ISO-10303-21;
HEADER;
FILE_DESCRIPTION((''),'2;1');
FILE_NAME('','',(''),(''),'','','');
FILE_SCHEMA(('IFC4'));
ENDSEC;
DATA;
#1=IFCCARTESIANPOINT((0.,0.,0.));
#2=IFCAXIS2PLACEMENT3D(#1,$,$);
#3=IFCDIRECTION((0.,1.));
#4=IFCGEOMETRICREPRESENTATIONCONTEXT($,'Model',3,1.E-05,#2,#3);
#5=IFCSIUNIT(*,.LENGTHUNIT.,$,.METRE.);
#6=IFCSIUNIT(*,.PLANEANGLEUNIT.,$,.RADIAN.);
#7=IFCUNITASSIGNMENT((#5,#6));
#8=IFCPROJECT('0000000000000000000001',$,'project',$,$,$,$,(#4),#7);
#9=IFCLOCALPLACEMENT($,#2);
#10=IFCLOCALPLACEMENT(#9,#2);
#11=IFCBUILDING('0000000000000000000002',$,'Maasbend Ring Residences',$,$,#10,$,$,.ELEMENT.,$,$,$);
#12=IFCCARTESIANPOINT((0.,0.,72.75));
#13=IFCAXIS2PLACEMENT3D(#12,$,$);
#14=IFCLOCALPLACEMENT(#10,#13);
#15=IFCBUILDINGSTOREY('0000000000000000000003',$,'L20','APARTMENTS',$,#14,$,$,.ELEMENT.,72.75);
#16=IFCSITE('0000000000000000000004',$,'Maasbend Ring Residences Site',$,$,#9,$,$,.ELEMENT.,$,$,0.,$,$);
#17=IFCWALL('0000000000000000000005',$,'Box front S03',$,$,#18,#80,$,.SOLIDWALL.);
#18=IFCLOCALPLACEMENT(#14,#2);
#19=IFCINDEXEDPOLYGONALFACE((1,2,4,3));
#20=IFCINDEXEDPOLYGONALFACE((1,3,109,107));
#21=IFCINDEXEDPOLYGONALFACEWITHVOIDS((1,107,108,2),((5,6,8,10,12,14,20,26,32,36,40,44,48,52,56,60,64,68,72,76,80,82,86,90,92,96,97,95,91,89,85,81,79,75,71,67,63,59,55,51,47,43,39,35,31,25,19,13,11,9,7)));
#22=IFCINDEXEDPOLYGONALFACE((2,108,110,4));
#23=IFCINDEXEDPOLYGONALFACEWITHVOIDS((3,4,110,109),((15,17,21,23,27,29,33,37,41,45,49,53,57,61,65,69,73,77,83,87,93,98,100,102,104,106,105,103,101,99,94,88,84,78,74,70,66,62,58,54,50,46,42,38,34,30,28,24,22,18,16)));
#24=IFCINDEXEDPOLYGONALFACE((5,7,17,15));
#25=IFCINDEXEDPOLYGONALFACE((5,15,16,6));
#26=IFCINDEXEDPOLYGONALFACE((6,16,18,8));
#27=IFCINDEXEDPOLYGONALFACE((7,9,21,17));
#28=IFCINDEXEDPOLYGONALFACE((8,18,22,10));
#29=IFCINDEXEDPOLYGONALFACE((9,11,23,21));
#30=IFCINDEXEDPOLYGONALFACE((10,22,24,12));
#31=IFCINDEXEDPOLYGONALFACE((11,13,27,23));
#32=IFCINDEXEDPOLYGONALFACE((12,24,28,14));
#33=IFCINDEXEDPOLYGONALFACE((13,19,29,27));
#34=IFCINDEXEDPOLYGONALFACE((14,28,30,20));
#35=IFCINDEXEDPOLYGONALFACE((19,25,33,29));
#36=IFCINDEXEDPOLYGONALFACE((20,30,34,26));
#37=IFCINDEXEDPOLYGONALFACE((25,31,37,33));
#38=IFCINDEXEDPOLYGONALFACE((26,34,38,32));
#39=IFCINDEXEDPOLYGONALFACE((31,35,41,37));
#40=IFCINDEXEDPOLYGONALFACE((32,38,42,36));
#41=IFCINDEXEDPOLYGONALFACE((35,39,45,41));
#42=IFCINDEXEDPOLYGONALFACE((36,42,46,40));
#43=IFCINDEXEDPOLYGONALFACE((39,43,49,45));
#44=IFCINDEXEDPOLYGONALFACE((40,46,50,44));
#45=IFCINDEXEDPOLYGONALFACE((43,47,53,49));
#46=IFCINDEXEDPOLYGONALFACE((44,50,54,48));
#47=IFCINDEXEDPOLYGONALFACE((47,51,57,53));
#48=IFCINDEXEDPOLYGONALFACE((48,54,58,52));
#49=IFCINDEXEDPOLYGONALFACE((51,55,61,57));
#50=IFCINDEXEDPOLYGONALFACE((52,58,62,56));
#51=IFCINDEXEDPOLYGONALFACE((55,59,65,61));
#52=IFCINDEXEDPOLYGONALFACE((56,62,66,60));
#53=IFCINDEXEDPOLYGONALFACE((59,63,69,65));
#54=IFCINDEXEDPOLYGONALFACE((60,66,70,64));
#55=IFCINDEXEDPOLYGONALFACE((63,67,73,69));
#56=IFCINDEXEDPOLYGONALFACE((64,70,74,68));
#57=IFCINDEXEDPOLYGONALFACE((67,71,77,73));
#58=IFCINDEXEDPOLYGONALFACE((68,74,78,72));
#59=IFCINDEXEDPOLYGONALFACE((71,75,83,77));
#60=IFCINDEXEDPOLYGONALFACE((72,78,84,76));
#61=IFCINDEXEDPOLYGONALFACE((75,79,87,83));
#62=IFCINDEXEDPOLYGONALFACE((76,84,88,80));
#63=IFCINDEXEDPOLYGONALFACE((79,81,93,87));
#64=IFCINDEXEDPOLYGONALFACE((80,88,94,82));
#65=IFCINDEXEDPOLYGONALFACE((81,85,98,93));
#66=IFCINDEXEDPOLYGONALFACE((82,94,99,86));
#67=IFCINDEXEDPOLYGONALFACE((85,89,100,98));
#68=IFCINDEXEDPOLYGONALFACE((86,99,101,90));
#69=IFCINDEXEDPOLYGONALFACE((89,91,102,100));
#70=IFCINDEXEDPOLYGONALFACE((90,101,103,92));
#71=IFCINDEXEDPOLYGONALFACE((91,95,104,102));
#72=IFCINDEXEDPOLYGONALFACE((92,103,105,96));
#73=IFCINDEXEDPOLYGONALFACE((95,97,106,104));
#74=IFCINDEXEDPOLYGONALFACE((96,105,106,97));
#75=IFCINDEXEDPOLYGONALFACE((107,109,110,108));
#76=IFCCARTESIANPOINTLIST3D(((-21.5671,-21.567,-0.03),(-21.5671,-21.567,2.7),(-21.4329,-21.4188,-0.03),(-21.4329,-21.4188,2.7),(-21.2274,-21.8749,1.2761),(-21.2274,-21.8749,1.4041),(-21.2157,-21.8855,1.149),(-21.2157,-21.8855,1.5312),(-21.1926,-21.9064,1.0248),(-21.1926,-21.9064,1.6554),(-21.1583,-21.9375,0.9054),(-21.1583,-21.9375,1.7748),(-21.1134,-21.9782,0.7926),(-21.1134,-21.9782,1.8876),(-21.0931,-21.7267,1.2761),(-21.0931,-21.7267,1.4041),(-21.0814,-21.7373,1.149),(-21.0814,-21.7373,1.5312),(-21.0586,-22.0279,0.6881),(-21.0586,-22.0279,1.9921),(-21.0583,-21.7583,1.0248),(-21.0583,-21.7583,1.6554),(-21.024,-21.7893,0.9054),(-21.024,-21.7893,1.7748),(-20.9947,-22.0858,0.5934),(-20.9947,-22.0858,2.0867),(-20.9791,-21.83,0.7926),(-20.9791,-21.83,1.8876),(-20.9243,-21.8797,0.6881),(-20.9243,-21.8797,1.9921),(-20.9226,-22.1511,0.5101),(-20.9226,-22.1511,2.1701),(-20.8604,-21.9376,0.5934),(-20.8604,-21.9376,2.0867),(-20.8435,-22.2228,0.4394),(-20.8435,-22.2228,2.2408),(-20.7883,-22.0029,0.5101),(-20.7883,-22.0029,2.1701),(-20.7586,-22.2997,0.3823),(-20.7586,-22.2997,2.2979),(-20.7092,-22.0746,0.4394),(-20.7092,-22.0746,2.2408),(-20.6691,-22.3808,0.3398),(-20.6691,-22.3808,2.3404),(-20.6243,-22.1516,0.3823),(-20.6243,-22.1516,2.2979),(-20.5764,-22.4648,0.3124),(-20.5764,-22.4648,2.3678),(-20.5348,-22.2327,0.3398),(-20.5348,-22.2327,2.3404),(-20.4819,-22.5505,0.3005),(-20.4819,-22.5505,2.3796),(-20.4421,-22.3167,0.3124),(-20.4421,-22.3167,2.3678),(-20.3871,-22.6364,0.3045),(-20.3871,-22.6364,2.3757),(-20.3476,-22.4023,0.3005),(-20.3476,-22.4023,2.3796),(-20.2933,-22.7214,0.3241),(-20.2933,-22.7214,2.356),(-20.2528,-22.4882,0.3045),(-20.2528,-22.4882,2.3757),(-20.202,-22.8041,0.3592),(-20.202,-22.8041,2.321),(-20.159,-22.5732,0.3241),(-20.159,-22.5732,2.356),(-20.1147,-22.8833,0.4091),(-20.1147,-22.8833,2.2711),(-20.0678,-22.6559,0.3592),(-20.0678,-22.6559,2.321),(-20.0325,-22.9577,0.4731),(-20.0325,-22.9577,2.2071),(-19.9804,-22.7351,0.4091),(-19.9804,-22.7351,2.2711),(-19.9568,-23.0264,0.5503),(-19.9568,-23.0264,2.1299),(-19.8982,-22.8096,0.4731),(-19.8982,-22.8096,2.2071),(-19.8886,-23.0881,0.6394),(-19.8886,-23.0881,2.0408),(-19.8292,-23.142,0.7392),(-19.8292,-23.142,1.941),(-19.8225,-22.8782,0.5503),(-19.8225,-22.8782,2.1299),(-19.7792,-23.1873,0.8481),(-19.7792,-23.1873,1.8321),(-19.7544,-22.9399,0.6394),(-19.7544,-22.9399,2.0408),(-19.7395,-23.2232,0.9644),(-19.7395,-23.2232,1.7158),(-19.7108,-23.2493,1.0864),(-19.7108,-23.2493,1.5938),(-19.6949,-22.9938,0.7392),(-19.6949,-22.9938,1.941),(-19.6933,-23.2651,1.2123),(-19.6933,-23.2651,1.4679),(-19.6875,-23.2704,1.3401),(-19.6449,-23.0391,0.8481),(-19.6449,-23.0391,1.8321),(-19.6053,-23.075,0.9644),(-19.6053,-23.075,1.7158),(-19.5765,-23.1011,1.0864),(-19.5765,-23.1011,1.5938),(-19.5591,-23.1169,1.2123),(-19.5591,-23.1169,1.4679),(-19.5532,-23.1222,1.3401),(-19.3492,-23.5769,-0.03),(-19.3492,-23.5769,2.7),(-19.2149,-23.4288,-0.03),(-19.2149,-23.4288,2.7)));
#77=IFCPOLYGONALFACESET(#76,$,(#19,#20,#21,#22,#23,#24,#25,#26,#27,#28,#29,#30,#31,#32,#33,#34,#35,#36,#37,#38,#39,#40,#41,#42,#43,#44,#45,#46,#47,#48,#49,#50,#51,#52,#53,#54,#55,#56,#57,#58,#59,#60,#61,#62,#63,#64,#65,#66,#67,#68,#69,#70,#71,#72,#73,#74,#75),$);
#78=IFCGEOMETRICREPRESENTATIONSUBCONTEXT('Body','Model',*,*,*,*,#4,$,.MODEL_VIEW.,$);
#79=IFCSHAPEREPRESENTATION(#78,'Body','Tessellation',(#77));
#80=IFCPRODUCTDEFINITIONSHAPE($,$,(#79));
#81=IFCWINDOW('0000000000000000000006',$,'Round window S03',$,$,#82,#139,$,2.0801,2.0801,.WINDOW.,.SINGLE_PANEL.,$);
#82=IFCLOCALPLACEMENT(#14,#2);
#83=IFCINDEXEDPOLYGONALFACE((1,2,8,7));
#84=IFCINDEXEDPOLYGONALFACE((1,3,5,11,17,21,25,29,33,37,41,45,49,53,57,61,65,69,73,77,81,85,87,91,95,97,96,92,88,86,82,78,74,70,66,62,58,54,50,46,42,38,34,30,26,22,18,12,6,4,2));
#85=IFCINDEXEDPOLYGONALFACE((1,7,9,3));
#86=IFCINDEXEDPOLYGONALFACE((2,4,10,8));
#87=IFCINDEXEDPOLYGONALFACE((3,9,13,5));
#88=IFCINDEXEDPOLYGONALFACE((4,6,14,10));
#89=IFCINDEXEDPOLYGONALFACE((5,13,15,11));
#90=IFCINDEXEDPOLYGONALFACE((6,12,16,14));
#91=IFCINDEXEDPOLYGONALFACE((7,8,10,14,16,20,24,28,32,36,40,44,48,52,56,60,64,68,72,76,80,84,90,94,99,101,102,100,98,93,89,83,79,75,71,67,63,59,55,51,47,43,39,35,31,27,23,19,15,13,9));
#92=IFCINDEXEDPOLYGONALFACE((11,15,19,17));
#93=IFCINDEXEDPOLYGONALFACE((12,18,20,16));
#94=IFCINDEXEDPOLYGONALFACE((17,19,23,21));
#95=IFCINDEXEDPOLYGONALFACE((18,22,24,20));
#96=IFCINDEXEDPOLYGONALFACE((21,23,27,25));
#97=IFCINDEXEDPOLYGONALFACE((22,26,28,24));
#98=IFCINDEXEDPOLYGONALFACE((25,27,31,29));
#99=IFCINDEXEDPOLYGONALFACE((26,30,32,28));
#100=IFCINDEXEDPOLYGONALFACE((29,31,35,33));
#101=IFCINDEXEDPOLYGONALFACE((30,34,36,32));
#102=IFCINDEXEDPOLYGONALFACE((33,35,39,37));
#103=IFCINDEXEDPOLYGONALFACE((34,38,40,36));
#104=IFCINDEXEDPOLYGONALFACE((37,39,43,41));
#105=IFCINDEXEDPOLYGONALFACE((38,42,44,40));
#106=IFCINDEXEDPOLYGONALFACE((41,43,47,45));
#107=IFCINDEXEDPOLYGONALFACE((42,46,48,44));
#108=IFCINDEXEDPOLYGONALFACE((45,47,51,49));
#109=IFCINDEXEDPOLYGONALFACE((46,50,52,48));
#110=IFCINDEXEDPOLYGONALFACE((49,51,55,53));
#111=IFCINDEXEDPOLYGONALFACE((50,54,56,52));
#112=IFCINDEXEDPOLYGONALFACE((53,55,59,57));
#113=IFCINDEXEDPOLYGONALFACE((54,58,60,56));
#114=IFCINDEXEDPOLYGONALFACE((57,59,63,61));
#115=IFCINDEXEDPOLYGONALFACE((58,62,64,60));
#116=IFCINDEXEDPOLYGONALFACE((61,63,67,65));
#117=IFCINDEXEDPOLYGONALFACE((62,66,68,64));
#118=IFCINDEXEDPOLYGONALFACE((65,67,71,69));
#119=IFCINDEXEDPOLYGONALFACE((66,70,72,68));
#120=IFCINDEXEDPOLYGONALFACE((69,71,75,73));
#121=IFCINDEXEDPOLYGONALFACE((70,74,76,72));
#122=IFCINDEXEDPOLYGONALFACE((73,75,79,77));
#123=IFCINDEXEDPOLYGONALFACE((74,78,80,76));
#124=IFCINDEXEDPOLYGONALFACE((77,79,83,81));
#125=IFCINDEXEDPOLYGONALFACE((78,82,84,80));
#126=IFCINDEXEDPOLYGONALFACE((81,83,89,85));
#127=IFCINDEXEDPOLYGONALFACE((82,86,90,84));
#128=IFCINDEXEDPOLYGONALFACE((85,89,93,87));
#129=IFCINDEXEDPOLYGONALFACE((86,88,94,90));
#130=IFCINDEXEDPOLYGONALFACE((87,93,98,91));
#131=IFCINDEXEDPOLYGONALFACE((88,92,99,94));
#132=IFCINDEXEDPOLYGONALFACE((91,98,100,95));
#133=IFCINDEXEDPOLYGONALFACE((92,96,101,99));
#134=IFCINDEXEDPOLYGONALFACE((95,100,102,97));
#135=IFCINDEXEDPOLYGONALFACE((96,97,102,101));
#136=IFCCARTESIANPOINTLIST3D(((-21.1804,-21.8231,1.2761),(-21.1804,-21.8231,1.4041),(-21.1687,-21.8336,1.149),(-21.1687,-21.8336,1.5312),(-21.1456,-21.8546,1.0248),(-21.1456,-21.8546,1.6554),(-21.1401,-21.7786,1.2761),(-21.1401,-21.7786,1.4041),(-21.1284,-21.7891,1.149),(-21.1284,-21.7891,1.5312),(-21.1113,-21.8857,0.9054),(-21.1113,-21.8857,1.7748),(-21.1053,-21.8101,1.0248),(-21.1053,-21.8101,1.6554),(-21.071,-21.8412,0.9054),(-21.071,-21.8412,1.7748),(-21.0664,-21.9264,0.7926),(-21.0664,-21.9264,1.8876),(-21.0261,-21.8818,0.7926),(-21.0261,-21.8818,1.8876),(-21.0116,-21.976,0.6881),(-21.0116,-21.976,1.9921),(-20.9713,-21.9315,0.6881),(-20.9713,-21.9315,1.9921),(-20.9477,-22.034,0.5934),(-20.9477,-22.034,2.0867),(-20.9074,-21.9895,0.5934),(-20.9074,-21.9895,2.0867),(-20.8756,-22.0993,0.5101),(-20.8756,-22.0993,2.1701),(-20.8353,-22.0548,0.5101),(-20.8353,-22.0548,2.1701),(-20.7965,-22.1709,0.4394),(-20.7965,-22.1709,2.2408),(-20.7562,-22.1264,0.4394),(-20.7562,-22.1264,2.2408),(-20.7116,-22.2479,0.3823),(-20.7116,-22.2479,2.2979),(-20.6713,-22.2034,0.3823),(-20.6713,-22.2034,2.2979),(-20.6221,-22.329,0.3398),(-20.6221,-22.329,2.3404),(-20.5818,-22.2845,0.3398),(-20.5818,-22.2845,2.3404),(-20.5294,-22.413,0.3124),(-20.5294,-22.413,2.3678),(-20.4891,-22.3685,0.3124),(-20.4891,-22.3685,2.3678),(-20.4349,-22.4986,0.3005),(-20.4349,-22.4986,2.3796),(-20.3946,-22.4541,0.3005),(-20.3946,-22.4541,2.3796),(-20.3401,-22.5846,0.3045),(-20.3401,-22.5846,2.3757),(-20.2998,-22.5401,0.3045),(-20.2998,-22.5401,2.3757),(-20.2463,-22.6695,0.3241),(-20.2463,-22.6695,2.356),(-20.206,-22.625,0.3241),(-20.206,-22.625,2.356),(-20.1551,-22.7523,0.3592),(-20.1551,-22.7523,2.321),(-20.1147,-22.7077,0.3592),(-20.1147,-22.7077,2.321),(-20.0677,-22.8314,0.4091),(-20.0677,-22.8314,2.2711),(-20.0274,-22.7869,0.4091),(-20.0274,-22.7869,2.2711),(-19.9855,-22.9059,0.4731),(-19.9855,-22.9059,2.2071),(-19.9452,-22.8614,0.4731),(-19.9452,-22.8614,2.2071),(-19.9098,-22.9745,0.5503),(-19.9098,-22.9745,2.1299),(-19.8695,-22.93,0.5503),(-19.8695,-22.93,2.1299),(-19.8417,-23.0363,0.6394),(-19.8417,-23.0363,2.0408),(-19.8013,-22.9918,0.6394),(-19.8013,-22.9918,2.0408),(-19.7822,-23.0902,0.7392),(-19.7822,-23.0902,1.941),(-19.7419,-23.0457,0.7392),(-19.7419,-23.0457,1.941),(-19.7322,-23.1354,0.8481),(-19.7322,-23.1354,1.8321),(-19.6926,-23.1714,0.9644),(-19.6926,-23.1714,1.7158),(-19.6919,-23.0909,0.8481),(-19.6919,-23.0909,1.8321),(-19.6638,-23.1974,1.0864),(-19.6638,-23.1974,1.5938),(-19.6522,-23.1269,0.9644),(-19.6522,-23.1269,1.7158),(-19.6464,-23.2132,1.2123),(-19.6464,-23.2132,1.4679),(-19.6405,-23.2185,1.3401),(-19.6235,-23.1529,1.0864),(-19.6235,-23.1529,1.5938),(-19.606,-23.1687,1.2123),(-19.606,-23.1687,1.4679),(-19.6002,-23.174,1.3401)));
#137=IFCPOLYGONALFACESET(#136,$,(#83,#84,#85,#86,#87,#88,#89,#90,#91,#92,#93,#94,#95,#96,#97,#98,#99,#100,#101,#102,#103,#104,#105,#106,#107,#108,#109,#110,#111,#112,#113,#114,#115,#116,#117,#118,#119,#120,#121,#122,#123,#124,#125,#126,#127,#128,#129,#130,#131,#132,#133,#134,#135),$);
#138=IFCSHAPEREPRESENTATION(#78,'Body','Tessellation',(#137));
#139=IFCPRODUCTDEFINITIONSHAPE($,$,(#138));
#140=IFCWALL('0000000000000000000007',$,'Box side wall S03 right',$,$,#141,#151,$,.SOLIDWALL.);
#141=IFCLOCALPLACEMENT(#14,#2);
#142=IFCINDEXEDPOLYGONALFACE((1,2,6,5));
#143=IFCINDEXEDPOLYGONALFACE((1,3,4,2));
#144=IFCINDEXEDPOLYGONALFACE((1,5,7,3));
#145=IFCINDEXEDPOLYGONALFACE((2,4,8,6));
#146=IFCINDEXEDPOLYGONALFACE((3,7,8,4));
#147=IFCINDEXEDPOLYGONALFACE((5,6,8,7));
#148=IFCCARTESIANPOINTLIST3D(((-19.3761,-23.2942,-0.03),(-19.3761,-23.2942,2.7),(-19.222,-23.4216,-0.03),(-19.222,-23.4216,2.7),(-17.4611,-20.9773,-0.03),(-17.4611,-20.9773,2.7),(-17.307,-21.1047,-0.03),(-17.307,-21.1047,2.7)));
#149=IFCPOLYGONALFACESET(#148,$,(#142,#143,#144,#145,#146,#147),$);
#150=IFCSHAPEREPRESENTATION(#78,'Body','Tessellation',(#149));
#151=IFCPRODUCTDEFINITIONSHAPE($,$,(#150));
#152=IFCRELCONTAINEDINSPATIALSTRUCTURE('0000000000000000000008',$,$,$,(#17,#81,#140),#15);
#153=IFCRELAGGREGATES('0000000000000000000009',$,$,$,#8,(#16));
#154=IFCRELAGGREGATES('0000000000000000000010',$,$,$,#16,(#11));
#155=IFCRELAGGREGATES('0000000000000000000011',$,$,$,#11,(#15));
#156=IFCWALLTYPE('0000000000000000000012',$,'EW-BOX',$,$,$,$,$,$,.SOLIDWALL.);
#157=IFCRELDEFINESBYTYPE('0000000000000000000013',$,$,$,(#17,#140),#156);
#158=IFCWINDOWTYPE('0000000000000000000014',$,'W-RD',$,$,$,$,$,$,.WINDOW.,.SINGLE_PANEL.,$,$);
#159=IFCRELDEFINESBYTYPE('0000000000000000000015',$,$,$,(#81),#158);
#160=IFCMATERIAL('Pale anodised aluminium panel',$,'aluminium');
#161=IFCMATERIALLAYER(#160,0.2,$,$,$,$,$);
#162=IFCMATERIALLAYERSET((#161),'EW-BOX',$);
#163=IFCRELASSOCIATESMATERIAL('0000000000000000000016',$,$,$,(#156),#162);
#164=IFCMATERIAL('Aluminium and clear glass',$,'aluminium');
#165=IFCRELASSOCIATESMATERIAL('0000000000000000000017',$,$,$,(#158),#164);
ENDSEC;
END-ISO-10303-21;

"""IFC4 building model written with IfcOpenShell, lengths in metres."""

from ifc_helpers import new_model, si_unit, direction, frame, frame_2d, origin, place, context, subcontext, project, spatial, rectangle, circle, extrude, material, layer, layer_set, type_object, element, fill, save


model = new_model("IFC4")

# Units and contexts
model_context = context("Model", 3, precision=1e-05, world=origin(), true_north=direction((0.0, 1.0)))
body_context = subcontext(model_context, "Body", "Model", "MODEL_VIEW")
ifc_project = project(units=[si_unit("LENGTHUNIT", "METRE"), si_unit("PLANEANGLEUNIT", "RADIAN")], contexts=[model_context])

# Site, building, storey
site_placement = place(None, origin())
site = spatial("IfcSite", under=ifc_project, at=site_placement, Name="Maasbend Ring Residences Site", CompositionType="ELEMENT", RefElevation=0.0)
building_placement = place(site_placement, origin())
building = spatial("IfcBuilding", under=site, at=building_placement, Name="Maasbend Ring Residences", CompositionType="ELEMENT")
storey_placement = place(building_placement, frame((0.0, 0.0, 72.75)))
storey = spatial("IfcBuildingStorey", under=building, at=storey_placement, Name="L20", Description="APARTMENTS", CompositionType="ELEMENT", Elevation=72.75)

# Wall, opening, window
ifc_material_1 = material(Name="Pale anodised aluminium panel", Category="aluminium")
ifc_layer_1 = layer(ifc_material_1, 0.2)
ifc_layer_set_1 = layer_set([ifc_layer_1], Name="EW-BOX")
wall_type_1 = type_object("IfcWallType", Name="EW-BOX", PredefinedType="SOLIDWALL", material=ifc_layer_set_1)
wall_1_placement = place(storey_placement, frame((-21.5, -21.4929, -0.03), z_axis=(0.0, 0.0, 1.0), x_axis=(0.740998, -0.671507, 0.0)))
wall_1 = element("IfcWall", 1, at=wall_1_placement, inside=storey, type_object=wall_type_1, Name="Box front S03", PredefinedType="SOLIDWALL", context=body_context, shape_type="SweptSolid", body=[
    extrude(rectangle(XDim=2.9932, YDim=0.2, at=frame_2d((1.4966, 0.0))), origin(), (0.0, 0.0, 1.0), 2.73),
])
opening_1_placement = place(wall_1_placement, frame((0.4565, 0.0, 0.3301)))
opening_1 = element("IfcOpeningElement", 2, at=opening_1_placement, cuts=wall_1, PredefinedType="OPENING", context=body_context, shape_type="SweptSolid", body=[
    extrude(circle(Radius=1.04, at=frame_2d((1.04, 1.04))), frame((0.0, 0.1099, 0.0), z_axis=(0.0, -1.0, 0.0), x_axis=(1.0, 0.0, 0.0)), (0.0, 0.0, 1.0), 0.22),
])
ifc_material_2 = material(Name="Aluminium and clear glass", Category="aluminium")
window_type_1 = type_object("IfcWindowType", Name="W-RD", PartitioningType="SINGLE_PANEL", PredefinedType="WINDOW", material=ifc_material_2)
window_1_placement = place(opening_1_placement, origin())
window_1 = element("IfcWindow", 3, at=window_1_placement, inside=storey, type_object=window_type_1, Name="Round window S03", OverallHeight=2.0801, OverallWidth=2.0801, PartitioningType="SINGLE_PANEL", PredefinedType="WINDOW", context=body_context, shape_type="SweptSolid", body=[
    extrude(circle(Radius=1.04, at=frame_2d((1.04, 1.04))), frame((0.0, 0.03, 0.0), z_axis=(0.0, -1.0, 0.0), x_axis=(1.0, 0.0, 0.0)), (0.0, 0.0, 1.0), 0.0601),
])
fill(opening_1, window_1)

# Wall
wall_2_placement = place(storey_placement, frame((-17.384, -21.041, -0.03), z_axis=(0.0, 0.0, 1.0), x_axis=(-0.637096, -0.770785, 0.0)))
element("IfcWall", 4, at=wall_2_placement, inside=storey, type_object=wall_type_1, Name="Box side wall S03 right", PredefinedType="SOLIDWALL", context=body_context, shape_type="SweptSolid", body=[
    extrude(rectangle(XDim=3.0059, YDim=0.2, at=frame_2d((1.5029, 0.0))), origin(), (0.0, 0.0, 1.0), 2.73),
])

save(model, "model.ifc")
